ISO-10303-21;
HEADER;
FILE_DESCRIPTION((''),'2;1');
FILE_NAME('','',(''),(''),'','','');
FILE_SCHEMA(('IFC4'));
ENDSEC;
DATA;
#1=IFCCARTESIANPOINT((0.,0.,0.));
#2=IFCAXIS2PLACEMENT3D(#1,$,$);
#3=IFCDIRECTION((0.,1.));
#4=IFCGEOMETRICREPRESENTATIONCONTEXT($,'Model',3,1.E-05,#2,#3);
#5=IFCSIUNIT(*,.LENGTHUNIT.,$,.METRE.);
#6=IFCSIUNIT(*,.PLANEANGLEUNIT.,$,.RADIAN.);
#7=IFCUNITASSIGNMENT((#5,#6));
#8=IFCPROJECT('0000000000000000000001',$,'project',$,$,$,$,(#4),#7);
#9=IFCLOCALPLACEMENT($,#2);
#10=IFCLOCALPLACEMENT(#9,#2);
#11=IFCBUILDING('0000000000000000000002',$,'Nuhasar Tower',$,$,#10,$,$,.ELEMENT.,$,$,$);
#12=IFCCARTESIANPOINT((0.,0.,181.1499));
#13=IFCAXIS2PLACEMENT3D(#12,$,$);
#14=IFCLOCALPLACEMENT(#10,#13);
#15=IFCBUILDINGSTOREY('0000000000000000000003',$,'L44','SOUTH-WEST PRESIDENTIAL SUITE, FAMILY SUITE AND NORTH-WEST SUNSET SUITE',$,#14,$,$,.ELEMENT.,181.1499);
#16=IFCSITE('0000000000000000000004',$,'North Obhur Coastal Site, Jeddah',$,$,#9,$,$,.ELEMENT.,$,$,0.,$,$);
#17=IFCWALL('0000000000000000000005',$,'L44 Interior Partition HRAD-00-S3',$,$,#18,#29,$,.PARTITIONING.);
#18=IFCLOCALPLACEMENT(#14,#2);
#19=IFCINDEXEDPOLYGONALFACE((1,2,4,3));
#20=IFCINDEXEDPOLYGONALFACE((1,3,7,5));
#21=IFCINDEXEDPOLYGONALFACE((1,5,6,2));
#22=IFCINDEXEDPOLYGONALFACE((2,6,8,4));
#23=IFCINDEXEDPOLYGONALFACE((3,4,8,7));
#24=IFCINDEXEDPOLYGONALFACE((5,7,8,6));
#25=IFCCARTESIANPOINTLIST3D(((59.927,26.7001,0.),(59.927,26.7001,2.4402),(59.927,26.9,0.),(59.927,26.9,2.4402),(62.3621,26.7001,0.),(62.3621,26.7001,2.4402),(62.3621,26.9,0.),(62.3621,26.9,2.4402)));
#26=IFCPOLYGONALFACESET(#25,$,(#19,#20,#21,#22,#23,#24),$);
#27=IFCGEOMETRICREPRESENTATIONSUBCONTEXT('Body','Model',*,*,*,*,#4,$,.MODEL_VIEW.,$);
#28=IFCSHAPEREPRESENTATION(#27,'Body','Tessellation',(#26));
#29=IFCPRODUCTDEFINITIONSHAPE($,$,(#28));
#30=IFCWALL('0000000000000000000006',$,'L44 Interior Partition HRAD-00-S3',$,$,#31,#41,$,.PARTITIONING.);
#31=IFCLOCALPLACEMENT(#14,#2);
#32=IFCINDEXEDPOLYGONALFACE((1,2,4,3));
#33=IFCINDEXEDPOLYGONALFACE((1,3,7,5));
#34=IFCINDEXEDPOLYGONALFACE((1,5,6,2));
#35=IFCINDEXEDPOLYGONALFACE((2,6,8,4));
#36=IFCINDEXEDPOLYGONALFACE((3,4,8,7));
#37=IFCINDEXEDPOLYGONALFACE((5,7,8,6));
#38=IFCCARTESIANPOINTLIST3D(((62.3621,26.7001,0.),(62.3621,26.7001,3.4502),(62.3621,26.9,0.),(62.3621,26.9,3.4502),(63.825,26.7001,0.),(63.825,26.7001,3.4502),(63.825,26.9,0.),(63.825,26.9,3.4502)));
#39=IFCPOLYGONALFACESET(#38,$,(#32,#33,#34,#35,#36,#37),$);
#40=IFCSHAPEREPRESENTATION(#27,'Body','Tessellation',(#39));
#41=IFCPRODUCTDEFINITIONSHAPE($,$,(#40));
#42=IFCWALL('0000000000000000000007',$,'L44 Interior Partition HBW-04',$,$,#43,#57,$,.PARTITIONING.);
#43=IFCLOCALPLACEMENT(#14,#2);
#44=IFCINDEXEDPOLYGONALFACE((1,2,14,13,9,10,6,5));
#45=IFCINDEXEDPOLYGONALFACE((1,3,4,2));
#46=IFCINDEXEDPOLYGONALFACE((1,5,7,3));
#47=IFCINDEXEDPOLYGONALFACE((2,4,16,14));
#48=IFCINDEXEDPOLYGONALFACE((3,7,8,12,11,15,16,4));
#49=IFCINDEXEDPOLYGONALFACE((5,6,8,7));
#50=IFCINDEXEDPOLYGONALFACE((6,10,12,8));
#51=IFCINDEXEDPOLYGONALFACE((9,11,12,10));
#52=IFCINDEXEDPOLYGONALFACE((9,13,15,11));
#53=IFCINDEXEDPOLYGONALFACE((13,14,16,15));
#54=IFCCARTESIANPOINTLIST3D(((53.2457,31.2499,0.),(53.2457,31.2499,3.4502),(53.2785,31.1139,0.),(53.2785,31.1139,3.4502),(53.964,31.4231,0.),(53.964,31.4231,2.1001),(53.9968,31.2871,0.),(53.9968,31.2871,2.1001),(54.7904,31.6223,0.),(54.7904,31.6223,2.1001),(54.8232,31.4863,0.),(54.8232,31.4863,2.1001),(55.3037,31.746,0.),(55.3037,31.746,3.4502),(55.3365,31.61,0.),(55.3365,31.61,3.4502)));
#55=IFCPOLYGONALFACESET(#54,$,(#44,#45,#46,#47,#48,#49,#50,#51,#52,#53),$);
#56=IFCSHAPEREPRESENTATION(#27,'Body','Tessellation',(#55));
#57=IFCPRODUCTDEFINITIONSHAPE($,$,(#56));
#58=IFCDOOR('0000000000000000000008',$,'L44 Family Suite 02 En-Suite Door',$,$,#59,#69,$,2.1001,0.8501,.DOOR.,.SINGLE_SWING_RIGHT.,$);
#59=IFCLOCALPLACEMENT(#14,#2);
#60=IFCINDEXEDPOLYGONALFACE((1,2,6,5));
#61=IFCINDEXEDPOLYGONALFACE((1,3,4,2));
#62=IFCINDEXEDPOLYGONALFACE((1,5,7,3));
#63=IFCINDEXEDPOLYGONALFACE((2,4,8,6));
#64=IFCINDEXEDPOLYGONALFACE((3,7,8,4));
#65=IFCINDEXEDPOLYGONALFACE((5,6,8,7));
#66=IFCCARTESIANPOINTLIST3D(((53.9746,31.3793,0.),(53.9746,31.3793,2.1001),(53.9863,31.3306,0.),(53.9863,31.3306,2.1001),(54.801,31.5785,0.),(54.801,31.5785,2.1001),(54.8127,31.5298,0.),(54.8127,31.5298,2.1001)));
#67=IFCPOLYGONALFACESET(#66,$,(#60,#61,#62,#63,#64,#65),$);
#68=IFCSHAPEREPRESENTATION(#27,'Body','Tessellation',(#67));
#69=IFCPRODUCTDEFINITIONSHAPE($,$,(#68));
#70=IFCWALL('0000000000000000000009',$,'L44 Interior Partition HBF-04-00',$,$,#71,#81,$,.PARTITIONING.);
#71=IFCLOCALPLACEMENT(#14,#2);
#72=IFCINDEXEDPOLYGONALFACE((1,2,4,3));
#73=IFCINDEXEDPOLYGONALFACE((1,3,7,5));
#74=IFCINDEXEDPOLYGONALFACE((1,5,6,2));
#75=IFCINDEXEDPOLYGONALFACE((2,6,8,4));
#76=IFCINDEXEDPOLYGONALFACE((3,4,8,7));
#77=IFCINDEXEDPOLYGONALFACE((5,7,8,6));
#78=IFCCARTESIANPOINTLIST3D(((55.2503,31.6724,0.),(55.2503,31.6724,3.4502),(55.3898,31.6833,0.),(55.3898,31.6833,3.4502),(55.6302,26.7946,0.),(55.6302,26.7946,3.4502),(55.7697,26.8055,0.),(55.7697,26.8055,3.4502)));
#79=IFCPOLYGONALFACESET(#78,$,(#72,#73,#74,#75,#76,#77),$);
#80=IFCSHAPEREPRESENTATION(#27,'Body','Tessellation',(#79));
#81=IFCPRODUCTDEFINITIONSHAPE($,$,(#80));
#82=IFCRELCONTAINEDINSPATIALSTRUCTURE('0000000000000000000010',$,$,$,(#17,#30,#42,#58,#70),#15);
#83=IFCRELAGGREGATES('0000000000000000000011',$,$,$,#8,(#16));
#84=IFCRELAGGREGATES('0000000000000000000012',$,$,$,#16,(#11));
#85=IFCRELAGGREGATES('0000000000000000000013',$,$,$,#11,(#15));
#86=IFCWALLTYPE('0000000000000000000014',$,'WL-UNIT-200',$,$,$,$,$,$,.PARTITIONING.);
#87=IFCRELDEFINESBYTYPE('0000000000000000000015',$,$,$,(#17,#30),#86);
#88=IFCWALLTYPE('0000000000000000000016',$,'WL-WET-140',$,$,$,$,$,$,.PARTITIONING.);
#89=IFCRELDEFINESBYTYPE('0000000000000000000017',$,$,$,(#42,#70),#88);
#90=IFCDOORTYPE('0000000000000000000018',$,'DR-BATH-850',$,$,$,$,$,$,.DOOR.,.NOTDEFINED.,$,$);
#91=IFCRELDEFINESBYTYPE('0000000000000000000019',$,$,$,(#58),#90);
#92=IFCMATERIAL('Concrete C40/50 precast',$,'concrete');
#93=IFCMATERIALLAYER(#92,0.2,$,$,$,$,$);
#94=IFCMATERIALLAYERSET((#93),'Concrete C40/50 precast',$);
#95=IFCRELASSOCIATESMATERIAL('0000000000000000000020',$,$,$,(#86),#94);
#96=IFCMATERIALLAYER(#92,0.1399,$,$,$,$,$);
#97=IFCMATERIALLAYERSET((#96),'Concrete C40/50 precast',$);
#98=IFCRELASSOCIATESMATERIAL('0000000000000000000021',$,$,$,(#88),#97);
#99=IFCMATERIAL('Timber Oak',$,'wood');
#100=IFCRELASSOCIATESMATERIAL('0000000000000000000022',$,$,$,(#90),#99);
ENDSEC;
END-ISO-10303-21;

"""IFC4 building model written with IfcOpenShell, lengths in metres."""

from ifc_helpers import new_model, si_unit, direction, frame, frame_2d, origin, place, context, subcontext, project, spatial, rectangle, extrude, material, layer, layer_set, type_object, element, fill, save


model = new_model("IFC4")

# Units and contexts
model_context = context("Model", 3, precision=1e-05, world=origin(), true_north=direction((0.0, 1.0)))
body_context = subcontext(model_context, "Body", "Model", "MODEL_VIEW")
ifc_project = project(units=[si_unit("LENGTHUNIT", "METRE"), si_unit("PLANEANGLEUNIT", "RADIAN")], contexts=[model_context])

# Site, building, storey
site_placement = place(None, origin())
site = spatial("IfcSite", under=ifc_project, at=site_placement, Name="North Obhur Coastal Site, Jeddah", CompositionType="ELEMENT", RefElevation=0.0)
building_placement = place(site_placement, origin())
building = spatial("IfcBuilding", under=site, at=building_placement, Name="Nuhasar Tower", CompositionType="ELEMENT")
storey_placement = place(building_placement, frame((0.0, 0.0, 181.1499)))
storey = spatial("IfcBuildingStorey", under=building, at=storey_placement, Name="L44", Description="SOUTH-WEST PRESIDENTIAL SUITE, FAMILY SUITE AND NORTH-WEST SUNSET SUITE", CompositionType="ELEMENT", Elevation=181.1499)

# Walls
ifc_material_1 = material(Name="Concrete C40/50 precast", Category="concrete")
ifc_layer_1 = layer(ifc_material_1, 0.2)
ifc_layer_set_1 = layer_set([ifc_layer_1], Name="Concrete C40/50 precast")
wall_type_1 = type_object("IfcWallType", Name="WL-UNIT-200", PredefinedType="PARTITIONING", material=ifc_layer_set_1)
wall_1_placement = place(storey_placement, frame((59.927, 26.8, 0.0), z_axis=(0.0, 0.0, 1.0), x_axis=(1.0, 0.0, 0.0)))
element("IfcWall", 1, at=wall_1_placement, inside=storey, type_object=wall_type_1, Name="L44 Interior Partition HRAD-00-S3", PredefinedType="PARTITIONING", context=body_context, shape_type="SweptSolid", body=[
    extrude(rectangle(XDim=2.4351, YDim=0.2, at=frame_2d((1.2175, 0.0))), origin(), (0.0, 0.0, 1.0), 2.4402),
])
wall_2_placement = place(storey_placement, frame((62.3621, 26.8, 0.0), z_axis=(0.0, 0.0, 1.0), x_axis=(1.0, 0.0, 0.0)))
element("IfcWall", 2, at=wall_2_placement, inside=storey, type_object=wall_type_1, Name="L44 Interior Partition HRAD-00-S3", PredefinedType="PARTITIONING", context=body_context, shape_type="SweptSolid", body=[
    extrude(rectangle(XDim=1.4629, YDim=0.2, at=frame_2d((0.7314, 0.0))), origin(), (0.0, 0.0, 1.0), 3.4502),
])

# Wall, opening, door
ifc_layer_2 = layer(ifc_material_1, 0.1399)
ifc_layer_set_2 = layer_set([ifc_layer_2], Name="Concrete C40/50 precast")
wall_type_2 = type_object("IfcWallType", Name="WL-WET-140", PredefinedType="PARTITIONING", material=ifc_layer_set_2)
wall_3_placement = place(storey_placement, frame((53.262, 31.1819, 0.0), z_axis=(0.0, 0.0, 1.0), x_axis=(0.972157, 0.234332, 0.0)))
wall_3 = element("IfcWall", 3, at=wall_3_placement, inside=storey, type_object=wall_type_2, Name="L44 Interior Partition HBW-04", PredefinedType="PARTITIONING", context=body_context, shape_type="SweptSolid", body=[
    extrude(rectangle(XDim=2.1169, YDim=0.1399, at=frame_2d((1.0586, 0.0))), origin(), (0.0, 0.0, 1.0), 3.4502),
])
opening_placement = place(wall_3_placement, frame((0.739, 0.0, 0.0)))
opening = element("IfcOpeningElement", 4, at=opening_placement, cuts=wall_3, PredefinedType="OPENING", context=body_context, shape_type="SweptSolid", body=[
    extrude(rectangle(XDim=0.8501, YDim=2.1001, at=frame_2d((0.425, 1.05))), frame((0.0, 0.0801, 0.0), z_axis=(0.0, -1.0, 0.0), x_axis=(1.0, 0.0, 0.0)), (0.0, 0.0, 1.0), 0.1599),
])
ifc_material_2 = material(Name="Timber Oak", Category="wood")
door_type = type_object("IfcDoorType", Name="DR-BATH-850", OperationType="NOTDEFINED", PredefinedType="DOOR", material=ifc_material_2)
door_placement = place(opening_placement, origin())
door = element("IfcDoor", 5, at=door_placement, inside=storey, type_object=door_type, Name="L44 Family Suite 02 En-Suite Door", OperationType="SINGLE_SWING_RIGHT", OverallHeight=2.1001, OverallWidth=0.8501, PredefinedType="DOOR", context=body_context, shape_type="SweptSolid", body=[
    extrude(rectangle(XDim=0.8501, YDim=2.1001, at=frame_2d((0.425, 1.05))), frame((0.0, 0.0249, 0.0), z_axis=(0.0, -1.0, 0.0), x_axis=(1.0, 0.0, 0.0)), (0.0, 0.0, 1.0), 0.05),
])
fill(opening, door)

# Wall
wall_4_placement = place(storey_placement, frame((55.7, 26.8, 0.0), z_axis=(0.0, 0.0, 1.0), x_axis=(-0.077643, 0.996981, 0.0)))
element("IfcWall", 6, at=wall_4_placement, inside=storey, type_object=wall_type_2, Name="L44 Interior Partition HBF-04-00", PredefinedType="PARTITIONING", context=body_context, shape_type="SweptSolid", body=[
    extrude(rectangle(XDim=4.8926, YDim=0.1399, at=frame_2d((2.4463, 0.0))), origin(), (0.0, 0.0, 1.0), 3.4502),
])

save(model, "model.ifc")
